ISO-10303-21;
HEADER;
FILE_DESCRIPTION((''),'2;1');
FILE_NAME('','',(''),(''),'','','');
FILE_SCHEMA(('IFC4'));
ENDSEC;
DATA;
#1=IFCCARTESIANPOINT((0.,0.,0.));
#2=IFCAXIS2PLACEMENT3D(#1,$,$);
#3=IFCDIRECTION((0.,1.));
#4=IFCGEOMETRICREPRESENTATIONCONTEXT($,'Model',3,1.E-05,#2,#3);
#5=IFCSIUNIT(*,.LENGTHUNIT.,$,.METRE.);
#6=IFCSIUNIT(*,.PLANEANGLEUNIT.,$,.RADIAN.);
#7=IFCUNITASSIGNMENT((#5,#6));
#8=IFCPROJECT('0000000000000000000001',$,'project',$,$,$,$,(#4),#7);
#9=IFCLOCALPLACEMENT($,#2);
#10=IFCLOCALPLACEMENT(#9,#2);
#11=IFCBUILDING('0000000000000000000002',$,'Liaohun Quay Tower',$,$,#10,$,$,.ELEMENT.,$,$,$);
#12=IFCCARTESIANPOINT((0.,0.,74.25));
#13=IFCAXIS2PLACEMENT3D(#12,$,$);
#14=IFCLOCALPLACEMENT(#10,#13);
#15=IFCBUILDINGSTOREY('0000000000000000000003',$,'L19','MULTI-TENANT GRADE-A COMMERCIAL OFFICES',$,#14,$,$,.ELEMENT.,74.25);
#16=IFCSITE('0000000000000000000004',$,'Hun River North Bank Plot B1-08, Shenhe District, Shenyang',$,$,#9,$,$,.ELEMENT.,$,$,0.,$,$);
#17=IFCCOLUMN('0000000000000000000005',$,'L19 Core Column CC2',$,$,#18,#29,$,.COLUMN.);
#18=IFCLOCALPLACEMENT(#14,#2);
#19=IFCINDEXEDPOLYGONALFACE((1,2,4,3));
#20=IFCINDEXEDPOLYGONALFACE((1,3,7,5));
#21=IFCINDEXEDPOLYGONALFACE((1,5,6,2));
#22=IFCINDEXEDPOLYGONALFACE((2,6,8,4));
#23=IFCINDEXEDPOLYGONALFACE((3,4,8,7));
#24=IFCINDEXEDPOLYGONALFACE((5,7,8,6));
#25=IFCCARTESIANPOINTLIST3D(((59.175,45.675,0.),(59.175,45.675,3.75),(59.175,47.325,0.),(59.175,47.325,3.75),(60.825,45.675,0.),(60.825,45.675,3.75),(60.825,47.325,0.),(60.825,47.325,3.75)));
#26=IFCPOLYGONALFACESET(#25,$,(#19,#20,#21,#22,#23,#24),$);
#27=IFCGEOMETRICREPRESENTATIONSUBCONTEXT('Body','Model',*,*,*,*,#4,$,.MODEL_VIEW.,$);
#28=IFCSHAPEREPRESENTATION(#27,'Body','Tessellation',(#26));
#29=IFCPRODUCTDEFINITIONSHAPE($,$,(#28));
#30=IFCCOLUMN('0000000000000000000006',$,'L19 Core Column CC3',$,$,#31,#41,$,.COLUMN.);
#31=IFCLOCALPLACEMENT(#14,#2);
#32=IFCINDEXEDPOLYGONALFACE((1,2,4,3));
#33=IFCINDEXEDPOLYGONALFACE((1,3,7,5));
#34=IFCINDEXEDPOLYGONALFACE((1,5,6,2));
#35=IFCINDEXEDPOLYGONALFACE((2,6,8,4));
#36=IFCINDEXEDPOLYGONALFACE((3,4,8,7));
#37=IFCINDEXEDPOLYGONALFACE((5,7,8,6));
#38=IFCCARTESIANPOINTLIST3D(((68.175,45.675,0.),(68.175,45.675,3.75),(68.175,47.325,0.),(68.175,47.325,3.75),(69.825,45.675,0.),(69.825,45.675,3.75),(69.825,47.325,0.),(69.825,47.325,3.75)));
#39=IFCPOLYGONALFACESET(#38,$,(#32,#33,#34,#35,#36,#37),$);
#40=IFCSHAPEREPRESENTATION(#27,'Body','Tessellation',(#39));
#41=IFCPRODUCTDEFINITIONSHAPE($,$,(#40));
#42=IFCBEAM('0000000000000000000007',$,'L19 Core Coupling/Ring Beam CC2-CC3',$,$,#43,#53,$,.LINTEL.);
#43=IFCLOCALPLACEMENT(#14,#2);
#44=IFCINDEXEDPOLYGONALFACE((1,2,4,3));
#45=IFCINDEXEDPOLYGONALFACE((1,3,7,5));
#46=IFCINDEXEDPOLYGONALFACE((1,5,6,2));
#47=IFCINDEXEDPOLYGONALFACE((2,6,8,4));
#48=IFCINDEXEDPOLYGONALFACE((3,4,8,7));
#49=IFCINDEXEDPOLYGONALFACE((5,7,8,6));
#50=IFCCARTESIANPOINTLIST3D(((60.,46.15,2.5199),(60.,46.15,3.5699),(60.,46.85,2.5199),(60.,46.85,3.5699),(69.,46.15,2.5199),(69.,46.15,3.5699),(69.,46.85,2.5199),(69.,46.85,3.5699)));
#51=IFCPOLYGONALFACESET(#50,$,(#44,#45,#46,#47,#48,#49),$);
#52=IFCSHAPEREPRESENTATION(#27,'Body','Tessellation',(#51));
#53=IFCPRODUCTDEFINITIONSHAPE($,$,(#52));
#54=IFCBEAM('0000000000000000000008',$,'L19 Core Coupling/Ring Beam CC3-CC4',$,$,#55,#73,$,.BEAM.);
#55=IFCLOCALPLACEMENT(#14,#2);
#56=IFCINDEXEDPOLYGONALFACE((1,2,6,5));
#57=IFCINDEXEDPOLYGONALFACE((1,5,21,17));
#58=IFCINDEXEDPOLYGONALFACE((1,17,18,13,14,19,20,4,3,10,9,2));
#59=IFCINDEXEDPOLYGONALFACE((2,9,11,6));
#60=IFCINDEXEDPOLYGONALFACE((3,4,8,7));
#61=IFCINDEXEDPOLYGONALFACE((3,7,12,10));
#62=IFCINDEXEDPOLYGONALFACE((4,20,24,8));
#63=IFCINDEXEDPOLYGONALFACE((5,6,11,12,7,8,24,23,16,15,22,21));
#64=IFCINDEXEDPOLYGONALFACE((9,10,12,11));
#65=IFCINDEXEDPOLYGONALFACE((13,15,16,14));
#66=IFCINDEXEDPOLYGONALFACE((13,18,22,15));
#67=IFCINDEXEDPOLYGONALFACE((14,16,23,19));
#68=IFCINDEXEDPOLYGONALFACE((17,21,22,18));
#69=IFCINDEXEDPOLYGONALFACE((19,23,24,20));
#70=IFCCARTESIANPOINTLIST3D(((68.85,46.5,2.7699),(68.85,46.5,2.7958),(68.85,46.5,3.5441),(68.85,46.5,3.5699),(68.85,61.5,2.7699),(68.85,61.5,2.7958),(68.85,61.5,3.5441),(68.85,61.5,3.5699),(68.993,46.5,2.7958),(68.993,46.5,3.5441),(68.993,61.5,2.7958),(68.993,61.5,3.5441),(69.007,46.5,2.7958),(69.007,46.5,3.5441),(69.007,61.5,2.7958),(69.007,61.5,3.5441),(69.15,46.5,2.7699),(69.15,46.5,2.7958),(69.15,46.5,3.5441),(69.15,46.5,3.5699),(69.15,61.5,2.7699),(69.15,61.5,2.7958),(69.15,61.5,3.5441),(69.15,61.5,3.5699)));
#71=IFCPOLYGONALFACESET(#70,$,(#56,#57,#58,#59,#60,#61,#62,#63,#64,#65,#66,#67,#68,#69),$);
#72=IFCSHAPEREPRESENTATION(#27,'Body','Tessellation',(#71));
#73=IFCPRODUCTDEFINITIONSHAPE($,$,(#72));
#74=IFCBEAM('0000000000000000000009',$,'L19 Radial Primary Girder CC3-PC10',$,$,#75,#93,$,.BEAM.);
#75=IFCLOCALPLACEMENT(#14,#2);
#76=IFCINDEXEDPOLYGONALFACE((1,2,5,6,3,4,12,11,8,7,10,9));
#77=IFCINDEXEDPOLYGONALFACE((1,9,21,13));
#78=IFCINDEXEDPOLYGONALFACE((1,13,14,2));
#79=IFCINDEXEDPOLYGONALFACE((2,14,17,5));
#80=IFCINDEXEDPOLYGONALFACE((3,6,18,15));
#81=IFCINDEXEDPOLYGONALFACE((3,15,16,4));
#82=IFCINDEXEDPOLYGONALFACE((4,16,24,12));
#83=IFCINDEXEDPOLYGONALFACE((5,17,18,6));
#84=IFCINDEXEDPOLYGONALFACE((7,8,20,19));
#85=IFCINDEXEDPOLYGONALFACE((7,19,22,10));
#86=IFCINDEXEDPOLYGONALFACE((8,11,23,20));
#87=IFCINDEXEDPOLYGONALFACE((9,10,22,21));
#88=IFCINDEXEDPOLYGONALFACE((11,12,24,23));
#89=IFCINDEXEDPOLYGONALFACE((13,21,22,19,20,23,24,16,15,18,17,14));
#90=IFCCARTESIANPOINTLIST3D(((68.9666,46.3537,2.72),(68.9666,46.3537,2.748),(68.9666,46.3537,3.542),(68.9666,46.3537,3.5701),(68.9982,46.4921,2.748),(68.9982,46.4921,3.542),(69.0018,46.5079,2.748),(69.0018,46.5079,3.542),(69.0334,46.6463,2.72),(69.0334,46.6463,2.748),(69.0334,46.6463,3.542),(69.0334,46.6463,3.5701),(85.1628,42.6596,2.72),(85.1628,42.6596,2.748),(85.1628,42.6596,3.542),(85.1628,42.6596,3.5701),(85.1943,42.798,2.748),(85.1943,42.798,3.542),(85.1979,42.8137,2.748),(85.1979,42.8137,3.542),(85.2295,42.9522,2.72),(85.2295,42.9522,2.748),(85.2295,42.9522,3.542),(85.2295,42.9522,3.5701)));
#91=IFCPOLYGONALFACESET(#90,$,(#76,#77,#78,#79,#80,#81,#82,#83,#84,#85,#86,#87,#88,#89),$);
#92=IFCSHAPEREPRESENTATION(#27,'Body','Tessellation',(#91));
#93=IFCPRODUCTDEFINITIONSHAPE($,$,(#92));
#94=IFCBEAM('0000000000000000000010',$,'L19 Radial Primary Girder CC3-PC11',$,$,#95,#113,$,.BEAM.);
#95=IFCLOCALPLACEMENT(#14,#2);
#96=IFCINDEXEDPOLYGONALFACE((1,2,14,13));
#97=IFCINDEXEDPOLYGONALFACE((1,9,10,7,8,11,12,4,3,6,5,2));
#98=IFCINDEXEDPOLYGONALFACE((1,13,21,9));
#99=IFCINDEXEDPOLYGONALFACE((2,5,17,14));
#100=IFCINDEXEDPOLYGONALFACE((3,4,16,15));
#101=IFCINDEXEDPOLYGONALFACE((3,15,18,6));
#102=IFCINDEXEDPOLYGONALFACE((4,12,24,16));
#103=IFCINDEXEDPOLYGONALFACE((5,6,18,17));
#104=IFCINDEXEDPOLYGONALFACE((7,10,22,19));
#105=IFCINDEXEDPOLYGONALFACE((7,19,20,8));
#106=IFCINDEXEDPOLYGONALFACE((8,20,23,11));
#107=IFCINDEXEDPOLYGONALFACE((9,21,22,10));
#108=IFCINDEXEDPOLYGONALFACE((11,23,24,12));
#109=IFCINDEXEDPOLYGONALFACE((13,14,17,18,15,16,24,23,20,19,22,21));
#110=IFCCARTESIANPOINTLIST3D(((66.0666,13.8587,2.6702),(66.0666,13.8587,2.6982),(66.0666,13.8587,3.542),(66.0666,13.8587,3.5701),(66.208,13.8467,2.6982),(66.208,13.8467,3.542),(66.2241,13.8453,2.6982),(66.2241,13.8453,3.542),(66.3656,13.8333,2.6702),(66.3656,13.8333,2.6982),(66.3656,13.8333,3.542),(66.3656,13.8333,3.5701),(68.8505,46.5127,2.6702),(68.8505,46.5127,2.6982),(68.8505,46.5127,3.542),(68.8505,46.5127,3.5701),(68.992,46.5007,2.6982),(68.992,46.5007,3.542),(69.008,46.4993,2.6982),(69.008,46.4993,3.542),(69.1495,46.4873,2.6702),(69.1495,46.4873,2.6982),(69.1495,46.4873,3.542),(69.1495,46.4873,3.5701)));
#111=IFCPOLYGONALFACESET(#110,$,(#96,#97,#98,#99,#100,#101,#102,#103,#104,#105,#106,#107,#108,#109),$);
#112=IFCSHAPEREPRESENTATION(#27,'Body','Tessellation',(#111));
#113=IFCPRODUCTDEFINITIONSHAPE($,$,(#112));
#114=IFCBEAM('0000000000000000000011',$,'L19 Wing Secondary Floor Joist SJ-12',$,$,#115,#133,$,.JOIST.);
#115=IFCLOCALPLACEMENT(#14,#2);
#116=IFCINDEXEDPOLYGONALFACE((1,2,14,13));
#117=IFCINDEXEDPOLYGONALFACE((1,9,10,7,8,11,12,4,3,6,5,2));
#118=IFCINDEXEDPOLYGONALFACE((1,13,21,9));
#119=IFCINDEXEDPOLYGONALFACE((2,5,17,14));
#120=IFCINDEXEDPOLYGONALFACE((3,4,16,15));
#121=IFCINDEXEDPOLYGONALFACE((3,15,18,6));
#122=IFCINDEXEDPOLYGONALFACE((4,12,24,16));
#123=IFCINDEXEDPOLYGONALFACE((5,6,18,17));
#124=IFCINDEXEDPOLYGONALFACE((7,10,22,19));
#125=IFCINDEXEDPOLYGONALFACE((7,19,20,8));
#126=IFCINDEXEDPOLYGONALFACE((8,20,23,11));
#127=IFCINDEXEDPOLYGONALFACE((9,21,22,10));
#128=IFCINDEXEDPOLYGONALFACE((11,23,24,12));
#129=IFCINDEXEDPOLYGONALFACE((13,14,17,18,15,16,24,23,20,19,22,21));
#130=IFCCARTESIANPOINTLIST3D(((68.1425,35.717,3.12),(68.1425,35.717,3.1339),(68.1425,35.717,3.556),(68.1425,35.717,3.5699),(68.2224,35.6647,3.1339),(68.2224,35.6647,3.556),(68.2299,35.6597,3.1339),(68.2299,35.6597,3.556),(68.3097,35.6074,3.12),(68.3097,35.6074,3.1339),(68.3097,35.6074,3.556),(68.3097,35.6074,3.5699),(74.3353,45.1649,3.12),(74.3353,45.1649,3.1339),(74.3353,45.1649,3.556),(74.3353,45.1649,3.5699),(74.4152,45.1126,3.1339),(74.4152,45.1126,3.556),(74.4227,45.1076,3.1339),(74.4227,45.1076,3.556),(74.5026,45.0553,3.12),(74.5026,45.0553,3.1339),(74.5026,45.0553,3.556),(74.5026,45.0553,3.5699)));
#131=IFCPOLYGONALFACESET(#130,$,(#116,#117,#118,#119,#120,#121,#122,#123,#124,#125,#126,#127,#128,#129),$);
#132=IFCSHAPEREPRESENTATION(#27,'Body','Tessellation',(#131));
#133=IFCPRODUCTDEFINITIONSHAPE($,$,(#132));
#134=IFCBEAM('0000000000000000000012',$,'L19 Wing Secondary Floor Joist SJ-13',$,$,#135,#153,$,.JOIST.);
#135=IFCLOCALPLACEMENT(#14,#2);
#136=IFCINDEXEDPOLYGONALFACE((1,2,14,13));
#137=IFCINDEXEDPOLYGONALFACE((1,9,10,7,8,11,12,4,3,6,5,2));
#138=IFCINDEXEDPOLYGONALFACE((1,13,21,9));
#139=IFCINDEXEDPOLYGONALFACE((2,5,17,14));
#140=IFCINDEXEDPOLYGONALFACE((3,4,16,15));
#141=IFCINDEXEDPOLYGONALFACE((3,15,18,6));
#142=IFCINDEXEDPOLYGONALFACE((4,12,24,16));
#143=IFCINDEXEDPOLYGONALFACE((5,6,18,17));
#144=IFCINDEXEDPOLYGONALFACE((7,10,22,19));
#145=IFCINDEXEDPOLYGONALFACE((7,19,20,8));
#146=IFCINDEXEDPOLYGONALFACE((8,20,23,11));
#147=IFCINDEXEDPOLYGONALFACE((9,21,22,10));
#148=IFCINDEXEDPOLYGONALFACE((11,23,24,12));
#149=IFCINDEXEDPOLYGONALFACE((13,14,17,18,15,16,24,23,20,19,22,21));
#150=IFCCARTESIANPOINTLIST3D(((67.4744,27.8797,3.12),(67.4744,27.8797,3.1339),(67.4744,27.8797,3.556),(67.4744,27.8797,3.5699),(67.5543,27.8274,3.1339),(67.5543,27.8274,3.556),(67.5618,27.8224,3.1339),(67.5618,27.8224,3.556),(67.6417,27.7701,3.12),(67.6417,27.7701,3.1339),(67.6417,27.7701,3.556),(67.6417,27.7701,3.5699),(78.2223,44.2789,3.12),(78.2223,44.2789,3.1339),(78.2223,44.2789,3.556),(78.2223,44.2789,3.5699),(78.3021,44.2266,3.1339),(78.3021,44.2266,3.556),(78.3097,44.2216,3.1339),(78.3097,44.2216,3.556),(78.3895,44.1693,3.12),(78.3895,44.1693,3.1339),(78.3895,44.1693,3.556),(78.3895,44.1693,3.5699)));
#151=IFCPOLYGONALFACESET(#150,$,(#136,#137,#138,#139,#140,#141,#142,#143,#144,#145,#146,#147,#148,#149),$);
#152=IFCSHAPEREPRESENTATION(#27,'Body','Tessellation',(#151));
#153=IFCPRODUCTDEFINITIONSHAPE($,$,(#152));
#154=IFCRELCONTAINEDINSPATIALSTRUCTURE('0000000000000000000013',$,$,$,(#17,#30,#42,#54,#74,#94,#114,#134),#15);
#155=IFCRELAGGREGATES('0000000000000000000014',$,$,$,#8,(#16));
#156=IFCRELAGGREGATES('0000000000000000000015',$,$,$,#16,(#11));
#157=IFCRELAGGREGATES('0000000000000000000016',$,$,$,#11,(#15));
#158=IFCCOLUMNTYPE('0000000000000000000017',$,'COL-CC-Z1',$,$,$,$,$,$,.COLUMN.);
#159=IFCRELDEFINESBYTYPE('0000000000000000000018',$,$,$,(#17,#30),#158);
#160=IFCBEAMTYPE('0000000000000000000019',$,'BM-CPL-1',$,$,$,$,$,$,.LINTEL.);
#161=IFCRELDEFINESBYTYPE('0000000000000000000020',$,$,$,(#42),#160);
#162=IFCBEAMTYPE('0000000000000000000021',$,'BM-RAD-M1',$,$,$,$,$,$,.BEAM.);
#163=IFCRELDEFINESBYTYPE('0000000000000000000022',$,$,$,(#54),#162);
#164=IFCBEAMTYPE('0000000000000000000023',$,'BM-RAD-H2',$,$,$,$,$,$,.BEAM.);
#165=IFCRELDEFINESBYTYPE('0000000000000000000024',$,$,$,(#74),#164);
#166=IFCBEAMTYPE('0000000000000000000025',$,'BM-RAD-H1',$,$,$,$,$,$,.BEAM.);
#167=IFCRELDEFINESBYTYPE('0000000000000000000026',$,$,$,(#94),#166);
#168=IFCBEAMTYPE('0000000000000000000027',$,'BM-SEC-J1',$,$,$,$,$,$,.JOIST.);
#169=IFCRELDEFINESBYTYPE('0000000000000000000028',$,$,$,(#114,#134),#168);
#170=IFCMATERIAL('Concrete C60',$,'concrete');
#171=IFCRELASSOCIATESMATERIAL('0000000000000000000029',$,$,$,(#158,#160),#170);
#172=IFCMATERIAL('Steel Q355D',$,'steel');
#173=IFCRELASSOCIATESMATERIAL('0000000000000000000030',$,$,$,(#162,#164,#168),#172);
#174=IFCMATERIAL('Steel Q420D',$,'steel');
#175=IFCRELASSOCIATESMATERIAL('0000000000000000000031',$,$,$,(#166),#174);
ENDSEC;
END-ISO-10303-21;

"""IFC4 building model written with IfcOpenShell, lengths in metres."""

from ifc_helpers import new_model, si_unit, direction, frame, origin, origin_2d, place, context, subcontext, project, spatial, rectangle, i_section, extrude, source, transform, mapped, material, material_profile, profile_set, type_object, element, save


model = new_model("IFC4")

# Units and contexts
model_context = context("Model", 3, precision=1e-05, world=origin(), true_north=direction((0.0, 1.0)))
body_context = subcontext(model_context, "Body", "Model", "MODEL_VIEW")
ifc_project = project(units=[si_unit("LENGTHUNIT", "METRE"), si_unit("PLANEANGLEUNIT", "RADIAN")], contexts=[model_context])

# Site, building, storey
site_placement = place(None, origin())
site = spatial("IfcSite", under=ifc_project, at=site_placement, Name="Hun River North Bank Plot B1-08, Shenhe District, Shenyang", CompositionType="ELEMENT", RefElevation=0.0)
building_placement = place(site_placement, origin())
building = spatial("IfcBuilding", under=site, at=building_placement, Name="Liaohun Quay Tower", CompositionType="ELEMENT")
storey_placement = place(building_placement, frame((0.0, 0.0, 74.25)))
storey = spatial("IfcBuildingStorey", under=building, at=storey_placement, Name="L19", Description="MULTI-TENANT GRADE-A COMMERCIAL OFFICES", CompositionType="ELEMENT", Elevation=74.25)

# Columns
ifc_material_1 = material(Name="Concrete C60", Category="concrete")
ifc_material_profile_1 = material_profile(ifc_material_1, rectangle(XDim=1.6499, YDim=1.6499, at=origin_2d()), Name="RC1650x1650")
ifc_profile_set_1 = profile_set([ifc_material_profile_1], Name="Concrete C60")
column_type = type_object("IfcColumnType", Name="COL-CC-Z1", PredefinedType="COLUMN", material=ifc_profile_set_1)
shared_shape_1 = source(origin(), body_context, "Body", "SweptSolid", [
    extrude(rectangle(XDim=1.6499, YDim=1.6499, at=origin_2d()), origin(), (0.0, 0.0, 1.0), 3.75),
])
for number, where, z_axis, x_axis, name in (
    (1, (60.0, 46.5, 0.0), (0.0, 0.0, 1.0), (1.0, 0.0, 0.0), "L19 Core Column CC2"),
    (2, (69.0, 46.5, 0.0), (0.0, 0.0, 1.0), (1.0, 0.0, 0.0), "L19 Core Column CC3"),
):
    element("IfcColumn", number, at=place(storey_placement, frame(where, z_axis=z_axis, x_axis=x_axis)), inside=storey, type_object=column_type, Name=name, PredefinedType="COLUMN", context=body_context, shape_type="MappedRepresentation", body=[
        mapped(shared_shape_1, transform((0.0, 0.0, 0.0), x_axis=(1.0, 0.0, 0.0), y_axis=(0.0, 1.0, 0.0), z_axis=(0.0, 0.0, 1.0), scale=1.0)),
    ])

# Beams
ifc_material_profile_2 = material_profile(ifc_material_1, rectangle(XDim=0.7, YDim=1.05, at=origin_2d()), Name="RC700x1050")
ifc_profile_set_2 = profile_set([ifc_material_profile_2], Name="Concrete C60")
beam_type_1 = type_object("IfcBeamType", Name="BM-CPL-1", PredefinedType="LINTEL", material=ifc_profile_set_2)
shared_shape_2 = source(origin(), body_context, "Body", "SweptSolid", [
    extrude(rectangle(XDim=0.7, YDim=1.05, at=origin_2d()), origin(), (0.0, 0.0, 1.0), 9.0),
])
beam_1_placement = place(storey_placement, frame((60.0, 46.5, 3.0449), z_axis=(1.0, 0.0, 0.0), x_axis=(0.0, 1.0, 0.0)))
element("IfcBeam", 3, at=beam_1_placement, inside=storey, type_object=beam_type_1, Name="L19 Core Coupling/Ring Beam CC2-CC3", PredefinedType="LINTEL", context=body_context, shape_type="MappedRepresentation", body=[
    mapped(shared_shape_2, transform((0.0, 0.0, 0.0), x_axis=(1.0, 0.0, 0.0), y_axis=(0.0, 1.0, 0.0), z_axis=(0.0, 0.0, 1.0), scale=1.0)),
])
ifc_material_2 = material(Name="Steel Q355D", Category="steel")
ifc_material_profile_3 = material_profile(ifc_material_2, i_section(OverallWidth=0.3, OverallDepth=0.8, WebThickness=0.0139, FlangeThickness=0.0259, at=origin_2d()), Name="HN800x300x14x26")
ifc_profile_set_3 = profile_set([ifc_material_profile_3], Name="Steel Q355D")
beam_type_2 = type_object("IfcBeamType", Name="BM-RAD-M1", PredefinedType="BEAM", material=ifc_profile_set_3)
shared_shape_3 = source(origin(), body_context, "Body", "SweptSolid", [
    extrude(i_section(OverallWidth=0.3, OverallDepth=0.8, WebThickness=0.0139, FlangeThickness=0.0259, at=origin_2d()), origin(), (0.0, 0.0, 1.0), 15.0),
])
beam_2_placement = place(storey_placement, frame((69.0, 46.5, 3.1699), z_axis=(0.0, 1.0, 0.0), x_axis=(-1.0, 0.0, 0.0)))
element("IfcBeam", 4, at=beam_2_placement, inside=storey, type_object=beam_type_2, Name="L19 Core Coupling/Ring Beam CC3-CC4", PredefinedType="BEAM", context=body_context, shape_type="MappedRepresentation", body=[
    mapped(shared_shape_3, transform((0.0, 0.0, 0.0), x_axis=(1.0, 0.0, 0.0), y_axis=(0.0, 1.0, 0.0), z_axis=(0.0, 0.0, 1.0), scale=1.0)),
])
ifc_material_profile_4 = material_profile(ifc_material_2, i_section(OverallWidth=0.3, OverallDepth=0.8501, WebThickness=0.0161, FlangeThickness=0.0281, at=origin_2d()), Name="HN850x300x16x28")
ifc_profile_set_4 = profile_set([ifc_material_profile_4], Name="Steel Q355D")
beam_type_3 = type_object("IfcBeamType", Name="BM-RAD-H2", PredefinedType="BEAM", material=ifc_profile_set_4)
shared_shape_4 = source(origin(), body_context, "Body", "SweptSolid", [
    extrude(i_section(OverallWidth=0.3, OverallDepth=0.8501, WebThickness=0.0161, FlangeThickness=0.0281, at=origin_2d()), origin(), (0.0, 0.0, 1.0), 16.6121),
])
beam_3_placement = place(storey_placement, frame((69.0, 46.5, 3.145), z_axis=(0.974961, -0.222375, 0.0), x_axis=(0.222375, 0.974961, 0.0)))
element("IfcBeam", 5, at=beam_3_placement, inside=storey, type_object=beam_type_3, Name="L19 Radial Primary Girder CC3-PC10", PredefinedType="BEAM", context=body_context, shape_type="MappedRepresentation", body=[
    mapped(shared_shape_4, transform((0.0, 0.0, 0.0), x_axis=(1.0, 0.0, 0.0), y_axis=(0.0, 1.0, 0.0), z_axis=(0.0, 0.0, 1.0), scale=1.0)),
])
ifc_material_3 = material(Name="Steel Q420D", Category="steel")
ifc_material_profile_5 = material_profile(ifc_material_3, i_section(OverallWidth=0.3, OverallDepth=0.8999, WebThickness=0.0161, FlangeThickness=0.0281, at=origin_2d()), Name="HN900x300x16x28")
ifc_profile_set_5 = profile_set([ifc_material_profile_5], Name="Steel Q420D")
beam_type_4 = type_object("IfcBeamType", Name="BM-RAD-H1", PredefinedType="BEAM", material=ifc_profile_set_5)
shared_shape_5 = source(origin(), body_context, "Body", "SweptSolid", [
    extrude(i_section(OverallWidth=0.3, OverallDepth=0.8999, WebThickness=0.0161, FlangeThickness=0.0281, at=origin_2d()), origin(), (0.0, 0.0, 1.0), 32.7725),
])
beam_4_placement = place(storey_placement, frame((69.0, 46.5, 3.1201), z_axis=(-0.084947, -0.996385, 0.0), x_axis=(0.996385, -0.084947, 0.0)))
element("IfcBeam", 6, at=beam_4_placement, inside=storey, type_object=beam_type_4, Name="L19 Radial Primary Girder CC3-PC11", PredefinedType="BEAM", context=body_context, shape_type="MappedRepresentation", body=[
    mapped(shared_shape_5, transform((0.0, 0.0, 0.0), x_axis=(1.0, 0.0, 0.0), y_axis=(0.0, 1.0, 0.0), z_axis=(0.0, 0.0, 1.0), scale=1.0)),
])
ifc_material_profile_6 = material_profile(ifc_material_2, i_section(OverallWidth=0.2, OverallDepth=0.45, WebThickness=0.009, FlangeThickness=0.0139, at=origin_2d()), Name="HN450x200x9x14")
ifc_profile_set_6 = profile_set([ifc_material_profile_6], Name="Steel Q355D")
beam_type_5 = type_object("IfcBeamType", Name="BM-SEC-J1", PredefinedType="JOIST", material=ifc_profile_set_6)
shared_shape_6 = source(origin(), body_context, "Body", "SweptSolid", [
    extrude(i_section(OverallWidth=0.2, OverallDepth=0.45, WebThickness=0.009, FlangeThickness=0.0139, at=origin_2d()), origin(), (0.0, 0.0, 1.0), 11.2966),
])
beam_5_placement = place(storey_placement, frame((74.4189, 45.1101, 3.345), z_axis=(-0.5482, -0.836347, 0.0), x_axis=(0.836347, -0.5482, 0.0)))
element("IfcBeam", 7, at=beam_5_placement, inside=storey, type_object=beam_type_5, Name="L19 Wing Secondary Floor Joist SJ-12", PredefinedType="JOIST", context=body_context, shape_type="MappedRepresentation", body=[
    mapped(shared_shape_6, transform((0.0, 0.0, 0.0), x_axis=(1.0, 0.0, 0.0), y_axis=(0.0, 1.0, 0.0), z_axis=(0.0, 0.0, 1.0), scale=1.0)),
])
shared_shape_7 = source(origin(), body_context, "Body", "SweptSolid", [
    extrude(i_section(OverallWidth=0.2, OverallDepth=0.45, WebThickness=0.009, FlangeThickness=0.0139, at=origin_2d()), origin(), (0.0, 0.0, 1.0), 19.6074),
])
beam_6_placement = place(storey_placement, frame((78.3059, 44.2241, 3.345), z_axis=(-0.548152, -0.836379, 0.0), x_axis=(0.836379, -0.548152, 0.0)))
element("IfcBeam", 8, at=beam_6_placement, inside=storey, type_object=beam_type_5, Name="L19 Wing Secondary Floor Joist SJ-13", PredefinedType="JOIST", context=body_context, shape_type="MappedRepresentation", body=[
    mapped(shared_shape_7, transform((0.0, 0.0, 0.0), x_axis=(1.0, 0.0, 0.0), y_axis=(0.0, 1.0, 0.0), z_axis=(0.0, 0.0, 1.0), scale=1.0)),
])

save(model, "model.ifc")
